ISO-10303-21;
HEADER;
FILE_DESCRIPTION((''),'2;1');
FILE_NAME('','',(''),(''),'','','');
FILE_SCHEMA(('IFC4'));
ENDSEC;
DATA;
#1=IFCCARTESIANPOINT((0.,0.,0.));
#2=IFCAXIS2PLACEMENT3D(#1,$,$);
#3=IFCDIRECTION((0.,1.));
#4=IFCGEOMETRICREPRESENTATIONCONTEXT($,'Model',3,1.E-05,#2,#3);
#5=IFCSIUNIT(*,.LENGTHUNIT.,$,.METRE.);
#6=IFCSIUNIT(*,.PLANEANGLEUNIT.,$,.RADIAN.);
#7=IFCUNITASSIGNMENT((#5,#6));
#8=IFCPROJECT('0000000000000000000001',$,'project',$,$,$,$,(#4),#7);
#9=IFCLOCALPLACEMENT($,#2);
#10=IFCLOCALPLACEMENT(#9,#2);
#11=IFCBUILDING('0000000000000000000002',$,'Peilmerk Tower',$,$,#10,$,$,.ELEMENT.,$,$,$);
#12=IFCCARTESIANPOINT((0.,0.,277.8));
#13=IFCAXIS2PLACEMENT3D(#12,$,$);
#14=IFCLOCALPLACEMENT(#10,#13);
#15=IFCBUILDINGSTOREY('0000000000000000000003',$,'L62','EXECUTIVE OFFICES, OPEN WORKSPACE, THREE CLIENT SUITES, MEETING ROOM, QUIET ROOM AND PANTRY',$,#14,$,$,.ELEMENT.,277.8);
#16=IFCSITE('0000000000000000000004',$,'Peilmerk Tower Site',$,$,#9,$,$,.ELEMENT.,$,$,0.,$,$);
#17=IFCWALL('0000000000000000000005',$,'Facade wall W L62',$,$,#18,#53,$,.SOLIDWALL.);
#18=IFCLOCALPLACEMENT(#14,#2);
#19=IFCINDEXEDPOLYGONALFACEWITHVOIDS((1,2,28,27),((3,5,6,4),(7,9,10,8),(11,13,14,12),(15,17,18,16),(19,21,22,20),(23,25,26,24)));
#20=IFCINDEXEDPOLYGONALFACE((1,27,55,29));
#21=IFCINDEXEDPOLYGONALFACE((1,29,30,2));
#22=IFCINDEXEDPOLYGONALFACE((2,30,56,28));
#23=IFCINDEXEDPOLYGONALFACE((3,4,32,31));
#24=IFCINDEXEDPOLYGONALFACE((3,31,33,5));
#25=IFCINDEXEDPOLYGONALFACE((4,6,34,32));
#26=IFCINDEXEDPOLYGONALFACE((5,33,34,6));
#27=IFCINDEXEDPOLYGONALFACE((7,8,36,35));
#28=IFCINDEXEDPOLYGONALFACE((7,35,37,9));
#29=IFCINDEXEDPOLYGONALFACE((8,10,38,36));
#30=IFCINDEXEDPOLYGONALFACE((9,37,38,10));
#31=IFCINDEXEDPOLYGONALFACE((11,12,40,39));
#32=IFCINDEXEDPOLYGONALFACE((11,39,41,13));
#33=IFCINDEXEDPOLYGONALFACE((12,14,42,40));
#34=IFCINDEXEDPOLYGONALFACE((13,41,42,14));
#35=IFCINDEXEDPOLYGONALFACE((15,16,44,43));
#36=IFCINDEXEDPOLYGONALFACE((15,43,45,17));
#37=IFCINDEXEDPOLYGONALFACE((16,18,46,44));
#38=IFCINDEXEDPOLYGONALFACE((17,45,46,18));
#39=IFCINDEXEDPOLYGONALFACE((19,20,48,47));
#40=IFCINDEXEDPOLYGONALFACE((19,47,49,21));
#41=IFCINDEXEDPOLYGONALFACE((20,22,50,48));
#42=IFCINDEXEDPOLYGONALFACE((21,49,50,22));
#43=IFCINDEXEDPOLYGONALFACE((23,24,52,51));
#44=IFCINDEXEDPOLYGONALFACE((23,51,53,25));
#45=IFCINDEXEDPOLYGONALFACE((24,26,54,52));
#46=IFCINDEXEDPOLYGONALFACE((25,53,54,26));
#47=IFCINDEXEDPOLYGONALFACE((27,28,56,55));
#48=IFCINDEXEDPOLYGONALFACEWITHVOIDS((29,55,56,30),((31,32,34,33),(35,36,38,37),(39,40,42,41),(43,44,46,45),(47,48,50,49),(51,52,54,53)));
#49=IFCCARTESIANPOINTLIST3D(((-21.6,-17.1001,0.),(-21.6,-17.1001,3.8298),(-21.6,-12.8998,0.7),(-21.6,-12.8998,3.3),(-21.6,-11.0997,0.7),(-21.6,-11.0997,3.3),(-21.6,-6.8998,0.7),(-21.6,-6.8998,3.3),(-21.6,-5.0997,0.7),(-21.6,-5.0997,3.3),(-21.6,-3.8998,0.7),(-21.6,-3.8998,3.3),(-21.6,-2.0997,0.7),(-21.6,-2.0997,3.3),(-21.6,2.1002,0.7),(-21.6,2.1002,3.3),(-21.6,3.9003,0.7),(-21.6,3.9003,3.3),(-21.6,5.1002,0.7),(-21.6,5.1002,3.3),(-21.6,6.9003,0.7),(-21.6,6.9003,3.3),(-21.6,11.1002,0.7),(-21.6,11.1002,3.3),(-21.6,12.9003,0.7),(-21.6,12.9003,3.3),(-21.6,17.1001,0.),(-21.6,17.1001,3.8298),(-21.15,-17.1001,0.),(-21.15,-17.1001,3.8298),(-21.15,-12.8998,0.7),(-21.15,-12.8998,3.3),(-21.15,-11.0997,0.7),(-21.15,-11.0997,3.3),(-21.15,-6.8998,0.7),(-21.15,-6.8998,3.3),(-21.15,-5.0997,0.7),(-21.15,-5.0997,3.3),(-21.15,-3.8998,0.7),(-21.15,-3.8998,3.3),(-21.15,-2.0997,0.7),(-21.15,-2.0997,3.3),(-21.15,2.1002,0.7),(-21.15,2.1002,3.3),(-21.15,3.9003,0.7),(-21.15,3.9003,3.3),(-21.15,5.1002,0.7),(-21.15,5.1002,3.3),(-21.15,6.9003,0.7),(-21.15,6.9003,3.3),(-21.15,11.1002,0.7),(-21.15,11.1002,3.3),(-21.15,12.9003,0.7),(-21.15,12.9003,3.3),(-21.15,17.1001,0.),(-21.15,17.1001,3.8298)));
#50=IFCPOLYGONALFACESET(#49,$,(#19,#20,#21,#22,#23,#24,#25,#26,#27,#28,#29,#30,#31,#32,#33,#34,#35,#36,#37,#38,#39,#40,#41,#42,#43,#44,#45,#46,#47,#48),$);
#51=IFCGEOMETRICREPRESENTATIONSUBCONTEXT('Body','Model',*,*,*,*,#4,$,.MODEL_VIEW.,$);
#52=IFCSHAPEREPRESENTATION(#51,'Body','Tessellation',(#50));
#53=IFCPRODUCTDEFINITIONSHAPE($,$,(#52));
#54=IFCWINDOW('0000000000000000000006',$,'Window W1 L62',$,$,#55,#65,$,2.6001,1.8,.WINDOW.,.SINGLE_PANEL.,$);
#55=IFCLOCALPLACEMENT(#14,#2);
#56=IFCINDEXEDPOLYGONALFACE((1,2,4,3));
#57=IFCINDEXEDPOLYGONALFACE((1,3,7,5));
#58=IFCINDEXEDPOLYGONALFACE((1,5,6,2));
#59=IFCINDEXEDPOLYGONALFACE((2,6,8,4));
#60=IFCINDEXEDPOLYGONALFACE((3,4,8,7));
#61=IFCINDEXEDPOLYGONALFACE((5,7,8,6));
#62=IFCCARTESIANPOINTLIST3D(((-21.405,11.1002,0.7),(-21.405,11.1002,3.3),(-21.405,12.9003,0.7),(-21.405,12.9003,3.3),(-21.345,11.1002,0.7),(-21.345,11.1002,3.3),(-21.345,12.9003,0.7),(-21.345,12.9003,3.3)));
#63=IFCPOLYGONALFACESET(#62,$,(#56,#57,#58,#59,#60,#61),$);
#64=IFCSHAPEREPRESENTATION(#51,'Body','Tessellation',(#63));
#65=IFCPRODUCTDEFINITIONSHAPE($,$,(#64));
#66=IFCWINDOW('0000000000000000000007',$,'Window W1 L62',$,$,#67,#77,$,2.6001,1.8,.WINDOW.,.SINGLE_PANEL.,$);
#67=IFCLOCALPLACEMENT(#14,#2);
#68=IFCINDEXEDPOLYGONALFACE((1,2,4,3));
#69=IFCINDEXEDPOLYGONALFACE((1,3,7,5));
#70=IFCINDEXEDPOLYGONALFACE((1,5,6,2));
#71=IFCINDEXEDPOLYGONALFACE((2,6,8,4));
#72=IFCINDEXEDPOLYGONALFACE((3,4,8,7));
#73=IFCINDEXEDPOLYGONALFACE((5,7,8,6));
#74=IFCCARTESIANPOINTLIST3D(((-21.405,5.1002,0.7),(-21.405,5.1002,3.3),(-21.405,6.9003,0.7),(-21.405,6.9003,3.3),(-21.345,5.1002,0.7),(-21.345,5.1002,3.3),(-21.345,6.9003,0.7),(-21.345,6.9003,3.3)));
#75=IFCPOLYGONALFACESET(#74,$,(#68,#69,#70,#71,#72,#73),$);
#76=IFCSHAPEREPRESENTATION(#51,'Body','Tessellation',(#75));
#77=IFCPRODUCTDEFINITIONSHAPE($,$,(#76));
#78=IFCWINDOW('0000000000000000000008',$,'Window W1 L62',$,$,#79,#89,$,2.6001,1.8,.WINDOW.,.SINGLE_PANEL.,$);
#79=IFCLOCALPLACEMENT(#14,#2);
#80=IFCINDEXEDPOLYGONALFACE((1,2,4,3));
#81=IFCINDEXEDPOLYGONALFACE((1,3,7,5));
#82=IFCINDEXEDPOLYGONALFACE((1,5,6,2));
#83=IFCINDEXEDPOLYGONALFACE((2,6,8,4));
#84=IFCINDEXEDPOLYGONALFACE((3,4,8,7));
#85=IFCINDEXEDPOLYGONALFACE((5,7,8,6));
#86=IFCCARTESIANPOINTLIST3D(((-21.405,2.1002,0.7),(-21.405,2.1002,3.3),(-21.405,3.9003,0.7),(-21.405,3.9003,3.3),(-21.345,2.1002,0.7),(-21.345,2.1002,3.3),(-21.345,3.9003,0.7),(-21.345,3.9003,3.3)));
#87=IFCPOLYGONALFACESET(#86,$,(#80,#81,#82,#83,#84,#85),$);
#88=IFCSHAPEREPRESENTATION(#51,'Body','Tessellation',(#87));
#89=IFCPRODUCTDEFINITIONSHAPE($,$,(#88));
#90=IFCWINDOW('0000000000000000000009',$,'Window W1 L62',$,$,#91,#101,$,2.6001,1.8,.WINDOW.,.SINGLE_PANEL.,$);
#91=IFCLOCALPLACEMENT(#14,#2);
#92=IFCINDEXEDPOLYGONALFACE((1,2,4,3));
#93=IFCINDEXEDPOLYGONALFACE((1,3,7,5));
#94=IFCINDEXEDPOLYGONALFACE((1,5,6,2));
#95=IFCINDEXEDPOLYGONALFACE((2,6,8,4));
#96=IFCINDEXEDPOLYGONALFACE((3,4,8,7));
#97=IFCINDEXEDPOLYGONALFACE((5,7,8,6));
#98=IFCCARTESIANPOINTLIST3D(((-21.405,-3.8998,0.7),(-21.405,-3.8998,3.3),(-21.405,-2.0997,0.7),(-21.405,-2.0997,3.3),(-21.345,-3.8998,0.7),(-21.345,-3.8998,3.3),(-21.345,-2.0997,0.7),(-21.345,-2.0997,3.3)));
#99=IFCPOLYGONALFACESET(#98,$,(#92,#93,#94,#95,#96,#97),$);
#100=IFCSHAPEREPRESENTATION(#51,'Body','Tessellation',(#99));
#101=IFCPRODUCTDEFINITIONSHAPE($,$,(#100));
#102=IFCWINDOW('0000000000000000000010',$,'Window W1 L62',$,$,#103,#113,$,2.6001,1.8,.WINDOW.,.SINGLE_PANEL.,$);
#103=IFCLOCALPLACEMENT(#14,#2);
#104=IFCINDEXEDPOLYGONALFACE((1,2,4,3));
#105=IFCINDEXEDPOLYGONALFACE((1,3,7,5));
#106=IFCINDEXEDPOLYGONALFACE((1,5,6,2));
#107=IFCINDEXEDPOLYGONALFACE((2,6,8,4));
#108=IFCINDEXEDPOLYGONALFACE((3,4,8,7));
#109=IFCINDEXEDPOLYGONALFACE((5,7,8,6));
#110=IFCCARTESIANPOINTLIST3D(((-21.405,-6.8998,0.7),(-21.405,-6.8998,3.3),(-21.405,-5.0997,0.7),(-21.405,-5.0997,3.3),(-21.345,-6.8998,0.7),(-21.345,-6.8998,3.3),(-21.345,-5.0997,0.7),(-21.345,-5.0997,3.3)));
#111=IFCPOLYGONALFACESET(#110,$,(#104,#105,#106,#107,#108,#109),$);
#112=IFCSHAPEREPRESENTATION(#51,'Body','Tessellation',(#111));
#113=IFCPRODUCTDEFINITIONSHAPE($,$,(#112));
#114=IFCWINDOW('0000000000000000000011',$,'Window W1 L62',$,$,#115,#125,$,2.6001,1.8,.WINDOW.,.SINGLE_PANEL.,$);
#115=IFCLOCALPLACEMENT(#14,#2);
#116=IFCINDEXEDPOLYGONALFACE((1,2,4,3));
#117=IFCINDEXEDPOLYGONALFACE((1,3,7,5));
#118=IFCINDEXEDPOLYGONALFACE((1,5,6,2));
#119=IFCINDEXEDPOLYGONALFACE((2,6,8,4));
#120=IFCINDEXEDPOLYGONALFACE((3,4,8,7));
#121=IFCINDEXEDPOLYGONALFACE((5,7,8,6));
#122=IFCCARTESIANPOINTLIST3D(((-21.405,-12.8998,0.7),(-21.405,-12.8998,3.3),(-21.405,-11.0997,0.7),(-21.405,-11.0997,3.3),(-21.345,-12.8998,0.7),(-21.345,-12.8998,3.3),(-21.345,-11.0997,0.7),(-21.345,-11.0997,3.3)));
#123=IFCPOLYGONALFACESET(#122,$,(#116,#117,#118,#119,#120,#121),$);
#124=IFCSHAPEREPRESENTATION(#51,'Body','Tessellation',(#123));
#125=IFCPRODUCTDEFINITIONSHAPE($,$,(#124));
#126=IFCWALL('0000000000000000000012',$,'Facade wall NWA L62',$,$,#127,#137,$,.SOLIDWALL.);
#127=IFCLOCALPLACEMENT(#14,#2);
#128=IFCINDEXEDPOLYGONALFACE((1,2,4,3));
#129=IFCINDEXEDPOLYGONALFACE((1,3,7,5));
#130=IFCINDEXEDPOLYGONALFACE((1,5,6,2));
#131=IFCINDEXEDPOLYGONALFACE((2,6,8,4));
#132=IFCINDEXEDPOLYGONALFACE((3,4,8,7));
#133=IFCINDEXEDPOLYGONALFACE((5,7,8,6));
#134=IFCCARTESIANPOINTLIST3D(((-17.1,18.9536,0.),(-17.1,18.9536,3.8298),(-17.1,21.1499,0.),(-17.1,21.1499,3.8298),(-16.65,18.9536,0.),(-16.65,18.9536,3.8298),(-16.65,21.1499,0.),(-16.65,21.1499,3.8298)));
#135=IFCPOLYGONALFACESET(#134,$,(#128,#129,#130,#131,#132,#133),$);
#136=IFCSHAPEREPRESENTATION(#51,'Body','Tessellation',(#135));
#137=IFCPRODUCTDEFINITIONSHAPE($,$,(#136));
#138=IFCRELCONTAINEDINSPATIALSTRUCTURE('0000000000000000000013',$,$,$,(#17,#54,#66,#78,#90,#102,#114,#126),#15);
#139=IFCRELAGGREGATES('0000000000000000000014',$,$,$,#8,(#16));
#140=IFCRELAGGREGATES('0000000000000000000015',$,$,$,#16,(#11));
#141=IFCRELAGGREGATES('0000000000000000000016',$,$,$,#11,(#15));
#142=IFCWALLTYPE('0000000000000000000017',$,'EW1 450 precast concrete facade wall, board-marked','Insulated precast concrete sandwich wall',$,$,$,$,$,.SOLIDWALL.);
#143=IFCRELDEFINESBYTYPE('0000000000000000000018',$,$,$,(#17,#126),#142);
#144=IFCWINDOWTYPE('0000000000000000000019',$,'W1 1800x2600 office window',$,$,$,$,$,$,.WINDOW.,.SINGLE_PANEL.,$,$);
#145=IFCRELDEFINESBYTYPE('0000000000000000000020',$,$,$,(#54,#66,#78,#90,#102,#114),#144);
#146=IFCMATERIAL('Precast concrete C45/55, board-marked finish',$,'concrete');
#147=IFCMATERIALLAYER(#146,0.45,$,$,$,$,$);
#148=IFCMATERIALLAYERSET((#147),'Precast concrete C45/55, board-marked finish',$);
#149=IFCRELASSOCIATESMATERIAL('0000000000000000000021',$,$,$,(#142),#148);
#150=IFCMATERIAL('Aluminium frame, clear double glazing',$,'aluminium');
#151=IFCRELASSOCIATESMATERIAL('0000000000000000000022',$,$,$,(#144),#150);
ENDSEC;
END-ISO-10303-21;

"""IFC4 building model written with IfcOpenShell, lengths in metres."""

from ifc_helpers import new_model, si_unit, direction, frame, frame_2d, origin, place, context, subcontext, project, spatial, rectangle, extrude, material, layer, layer_set, type_object, element, fill, save


model = new_model("IFC4")

# Units and contexts
model_context = context("Model", 3, precision=1e-05, world=origin(), true_north=direction((0.0, 1.0)))
body_context = subcontext(model_context, "Body", "Model", "MODEL_VIEW")
ifc_project = project(units=[si_unit("LENGTHUNIT", "METRE"), si_unit("PLANEANGLEUNIT", "RADIAN")], contexts=[model_context])

# Site, building, storey
site_placement = place(None, origin())
site = spatial("IfcSite", under=ifc_project, at=site_placement, Name="Peilmerk Tower Site", CompositionType="ELEMENT", RefElevation=0.0)
building_placement = place(site_placement, origin())
building = spatial("IfcBuilding", under=site, at=building_placement, Name="Peilmerk Tower", CompositionType="ELEMENT")
storey_placement = place(building_placement, frame((0.0, 0.0, 277.8)))
storey = spatial("IfcBuildingStorey", under=building, at=storey_placement, Name="L62", Description="EXECUTIVE OFFICES, OPEN WORKSPACE, THREE CLIENT SUITES, MEETING ROOM, QUIET ROOM AND PANTRY", CompositionType="ELEMENT", Elevation=277.8)

# Wall, openings, windows
ifc_material_1 = material(Name="Precast concrete C45/55, board-marked finish", Category="concrete")
ifc_layer_1 = layer(ifc_material_1, 0.45)
ifc_layer_set_1 = layer_set([ifc_layer_1], Name="Precast concrete C45/55, board-marked finish")
wall_type = type_object("IfcWallType", Name="EW1 450 precast concrete facade wall, board-marked", Description="Insulated precast concrete sandwich wall", PredefinedType="SOLIDWALL", material=ifc_layer_set_1)
wall_1_placement = place(storey_placement, frame((-21.375, 17.1001, 0.0), z_axis=(0.0, 0.0, 1.0), x_axis=(0.0, -1.0, 0.0)))
wall_1 = element("IfcWall", 1, at=wall_1_placement, inside=storey, type_object=wall_type, Name="Facade wall W L62", PredefinedType="SOLIDWALL", context=body_context, shape_type="SweptSolid", body=[
    extrude(rectangle(XDim=34.2002, YDim=0.45, at=frame_2d((17.1001, 0.0))), origin(), (0.0, 0.0, 1.0), 3.8298),
])
opening_1_placement = place(wall_1_placement, frame((4.2, 0.0, 0.7)))
opening_1 = element("IfcOpeningElement", 2, at=opening_1_placement, cuts=wall_1, PredefinedType="OPENING", context=body_context, shape_type="SweptSolid", body=[
    extrude(rectangle(XDim=1.8, YDim=2.6001, at=frame_2d((0.8999, 1.3))), frame((0.0, 0.2349, 0.0), z_axis=(0.0, -1.0, 0.0), x_axis=(1.0, 0.0, 0.0)), (0.0, 0.0, 1.0), 0.47),
])
opening_2_placement = place(wall_1_placement, frame((10.2, 0.0, 0.7)))
opening_2 = element("IfcOpeningElement", 3, at=opening_2_placement, cuts=wall_1, PredefinedType="OPENING", context=body_context, shape_type="SweptSolid", body=[
    extrude(rectangle(XDim=1.8, YDim=2.6001, at=frame_2d((0.8999, 1.3))), frame((0.0, 0.2349, 0.0), z_axis=(0.0, -1.0, 0.0), x_axis=(1.0, 0.0, 0.0)), (0.0, 0.0, 1.0), 0.47),
])
opening_3_placement = place(wall_1_placement, frame((13.2, 0.0, 0.7)))
opening_3 = element("IfcOpeningElement", 4, at=opening_3_placement, cuts=wall_1, PredefinedType="OPENING", context=body_context, shape_type="SweptSolid", body=[
    extrude(rectangle(XDim=1.8, YDim=2.6001, at=frame_2d((0.8999, 1.3))), frame((0.0, 0.2349, 0.0), z_axis=(0.0, -1.0, 0.0), x_axis=(1.0, 0.0, 0.0)), (0.0, 0.0, 1.0), 0.47),
])
opening_4_placement = place(wall_1_placement, frame((19.2, 0.0, 0.7)))
opening_4 = element("IfcOpeningElement", 5, at=opening_4_placement, cuts=wall_1, PredefinedType="OPENING", context=body_context, shape_type="SweptSolid", body=[
    extrude(rectangle(XDim=1.8, YDim=2.6001, at=frame_2d((0.8999, 1.3))), frame((0.0, 0.2349, 0.0), z_axis=(0.0, -1.0, 0.0), x_axis=(1.0, 0.0, 0.0)), (0.0, 0.0, 1.0), 0.47),
])
opening_5_placement = place(wall_1_placement, frame((22.2, 0.0, 0.7)))
opening_5 = element("IfcOpeningElement", 6, at=opening_5_placement, cuts=wall_1, PredefinedType="OPENING", context=body_context, shape_type="SweptSolid", body=[
    extrude(rectangle(XDim=1.8, YDim=2.6001, at=frame_2d((0.8999, 1.3))), frame((0.0, 0.2349, 0.0), z_axis=(0.0, -1.0, 0.0), x_axis=(1.0, 0.0, 0.0)), (0.0, 0.0, 1.0), 0.47),
])
opening_6_placement = place(wall_1_placement, frame((28.2, 0.0, 0.7)))
opening_6 = element("IfcOpeningElement", 7, at=opening_6_placement, cuts=wall_1, PredefinedType="OPENING", context=body_context, shape_type="SweptSolid", body=[
    extrude(rectangle(XDim=1.8, YDim=2.6001, at=frame_2d((0.8999, 1.3))), frame((0.0, 0.2349, 0.0), z_axis=(0.0, -1.0, 0.0), x_axis=(1.0, 0.0, 0.0)), (0.0, 0.0, 1.0), 0.47),
])
ifc_material_2 = material(Name="Aluminium frame, clear double glazing", Category="aluminium")
window_type = type_object("IfcWindowType", Name="W1 1800x2600 office window", PartitioningType="SINGLE_PANEL", PredefinedType="WINDOW", material=ifc_material_2)
window_1_placement = place(opening_1_placement, origin())
window_1 = element("IfcWindow", 8, at=window_1_placement, inside=storey, type_object=window_type, Name="Window W1 L62", OverallHeight=2.6001, OverallWidth=1.8, PartitioningType="SINGLE_PANEL", PredefinedType="WINDOW", context=body_context, shape_type="SweptSolid", body=[
    extrude(rectangle(XDim=1.8, YDim=2.6001, at=frame_2d((0.8999, 1.3))), frame((0.0, 0.03, 0.0), z_axis=(0.0, -1.0, 0.0), x_axis=(1.0, 0.0, 0.0)), (0.0, 0.0, 1.0), 0.0601),
])
fill(opening_1, window_1)
window_2_placement = place(opening_2_placement, origin())
window_2 = element("IfcWindow", 9, at=window_2_placement, inside=storey, type_object=window_type, Name="Window W1 L62", OverallHeight=2.6001, OverallWidth=1.8, PartitioningType="SINGLE_PANEL", PredefinedType="WINDOW", context=body_context, shape_type="SweptSolid", body=[
    extrude(rectangle(XDim=1.8, YDim=2.6001, at=frame_2d((0.8999, 1.3))), frame((0.0, 0.03, 0.0), z_axis=(0.0, -1.0, 0.0), x_axis=(1.0, 0.0, 0.0)), (0.0, 0.0, 1.0), 0.0601),
])
fill(opening_2, window_2)
window_3_placement = place(opening_3_placement, origin())
window_3 = element("IfcWindow", 10, at=window_3_placement, inside=storey, type_object=window_type, Name="Window W1 L62", OverallHeight=2.6001, OverallWidth=1.8, PartitioningType="SINGLE_PANEL", PredefinedType="WINDOW", context=body_context, shape_type="SweptSolid", body=[
    extrude(rectangle(XDim=1.8, YDim=2.6001, at=frame_2d((0.8999, 1.3))), frame((0.0, 0.03, 0.0), z_axis=(0.0, -1.0, 0.0), x_axis=(1.0, 0.0, 0.0)), (0.0, 0.0, 1.0), 0.0601),
])
fill(opening_3, window_3)
window_4_placement = place(opening_4_placement, origin())
window_4 = element("IfcWindow", 11, at=window_4_placement, inside=storey, type_object=window_type, Name="Window W1 L62", OverallHeight=2.6001, OverallWidth=1.8, PartitioningType="SINGLE_PANEL", PredefinedType="WINDOW", context=body_context, shape_type="SweptSolid", body=[
    extrude(rectangle(XDim=1.8, YDim=2.6001, at=frame_2d((0.8999, 1.3))), frame((0.0, 0.03, 0.0), z_axis=(0.0, -1.0, 0.0), x_axis=(1.0, 0.0, 0.0)), (0.0, 0.0, 1.0), 0.0601),
])
fill(opening_4, window_4)
window_5_placement = place(opening_5_placement, origin())
window_5 = element("IfcWindow", 12, at=window_5_placement, inside=storey, type_object=window_type, Name="Window W1 L62", OverallHeight=2.6001, OverallWidth=1.8, PartitioningType="SINGLE_PANEL", PredefinedType="WINDOW", context=body_context, shape_type="SweptSolid", body=[
    extrude(rectangle(XDim=1.8, YDim=2.6001, at=frame_2d((0.8999, 1.3))), frame((0.0, 0.03, 0.0), z_axis=(0.0, -1.0, 0.0), x_axis=(1.0, 0.0, 0.0)), (0.0, 0.0, 1.0), 0.0601),
])
fill(opening_5, window_5)
window_6_placement = place(opening_6_placement, origin())
window_6 = element("IfcWindow", 13, at=window_6_placement, inside=storey, type_object=window_type, Name="Window W1 L62", OverallHeight=2.6001, OverallWidth=1.8, PartitioningType="SINGLE_PANEL", PredefinedType="WINDOW", context=body_context, shape_type="SweptSolid", body=[
    extrude(rectangle(XDim=1.8, YDim=2.6001, at=frame_2d((0.8999, 1.3))), frame((0.0, 0.03, 0.0), z_axis=(0.0, -1.0, 0.0), x_axis=(1.0, 0.0, 0.0)), (0.0, 0.0, 1.0), 0.0601),
])
fill(opening_6, window_6)

# Wall
wall_2_placement = place(storey_placement, frame((-16.875, 18.9536, 0.0), z_axis=(0.0, 0.0, 1.0), x_axis=(0.0, 1.0, 0.0)))
element("IfcWall", 14, at=wall_2_placement, inside=storey, type_object=wall_type, Name="Facade wall NWA L62", PredefinedType="SOLIDWALL", context=body_context, shape_type="SweptSolid", body=[
    extrude(rectangle(XDim=2.1963, YDim=0.45, at=frame_2d((1.0981, 0.0))), origin(), (0.0, 0.0, 1.0), 3.8298),
])

save(model, "model.ifc")
